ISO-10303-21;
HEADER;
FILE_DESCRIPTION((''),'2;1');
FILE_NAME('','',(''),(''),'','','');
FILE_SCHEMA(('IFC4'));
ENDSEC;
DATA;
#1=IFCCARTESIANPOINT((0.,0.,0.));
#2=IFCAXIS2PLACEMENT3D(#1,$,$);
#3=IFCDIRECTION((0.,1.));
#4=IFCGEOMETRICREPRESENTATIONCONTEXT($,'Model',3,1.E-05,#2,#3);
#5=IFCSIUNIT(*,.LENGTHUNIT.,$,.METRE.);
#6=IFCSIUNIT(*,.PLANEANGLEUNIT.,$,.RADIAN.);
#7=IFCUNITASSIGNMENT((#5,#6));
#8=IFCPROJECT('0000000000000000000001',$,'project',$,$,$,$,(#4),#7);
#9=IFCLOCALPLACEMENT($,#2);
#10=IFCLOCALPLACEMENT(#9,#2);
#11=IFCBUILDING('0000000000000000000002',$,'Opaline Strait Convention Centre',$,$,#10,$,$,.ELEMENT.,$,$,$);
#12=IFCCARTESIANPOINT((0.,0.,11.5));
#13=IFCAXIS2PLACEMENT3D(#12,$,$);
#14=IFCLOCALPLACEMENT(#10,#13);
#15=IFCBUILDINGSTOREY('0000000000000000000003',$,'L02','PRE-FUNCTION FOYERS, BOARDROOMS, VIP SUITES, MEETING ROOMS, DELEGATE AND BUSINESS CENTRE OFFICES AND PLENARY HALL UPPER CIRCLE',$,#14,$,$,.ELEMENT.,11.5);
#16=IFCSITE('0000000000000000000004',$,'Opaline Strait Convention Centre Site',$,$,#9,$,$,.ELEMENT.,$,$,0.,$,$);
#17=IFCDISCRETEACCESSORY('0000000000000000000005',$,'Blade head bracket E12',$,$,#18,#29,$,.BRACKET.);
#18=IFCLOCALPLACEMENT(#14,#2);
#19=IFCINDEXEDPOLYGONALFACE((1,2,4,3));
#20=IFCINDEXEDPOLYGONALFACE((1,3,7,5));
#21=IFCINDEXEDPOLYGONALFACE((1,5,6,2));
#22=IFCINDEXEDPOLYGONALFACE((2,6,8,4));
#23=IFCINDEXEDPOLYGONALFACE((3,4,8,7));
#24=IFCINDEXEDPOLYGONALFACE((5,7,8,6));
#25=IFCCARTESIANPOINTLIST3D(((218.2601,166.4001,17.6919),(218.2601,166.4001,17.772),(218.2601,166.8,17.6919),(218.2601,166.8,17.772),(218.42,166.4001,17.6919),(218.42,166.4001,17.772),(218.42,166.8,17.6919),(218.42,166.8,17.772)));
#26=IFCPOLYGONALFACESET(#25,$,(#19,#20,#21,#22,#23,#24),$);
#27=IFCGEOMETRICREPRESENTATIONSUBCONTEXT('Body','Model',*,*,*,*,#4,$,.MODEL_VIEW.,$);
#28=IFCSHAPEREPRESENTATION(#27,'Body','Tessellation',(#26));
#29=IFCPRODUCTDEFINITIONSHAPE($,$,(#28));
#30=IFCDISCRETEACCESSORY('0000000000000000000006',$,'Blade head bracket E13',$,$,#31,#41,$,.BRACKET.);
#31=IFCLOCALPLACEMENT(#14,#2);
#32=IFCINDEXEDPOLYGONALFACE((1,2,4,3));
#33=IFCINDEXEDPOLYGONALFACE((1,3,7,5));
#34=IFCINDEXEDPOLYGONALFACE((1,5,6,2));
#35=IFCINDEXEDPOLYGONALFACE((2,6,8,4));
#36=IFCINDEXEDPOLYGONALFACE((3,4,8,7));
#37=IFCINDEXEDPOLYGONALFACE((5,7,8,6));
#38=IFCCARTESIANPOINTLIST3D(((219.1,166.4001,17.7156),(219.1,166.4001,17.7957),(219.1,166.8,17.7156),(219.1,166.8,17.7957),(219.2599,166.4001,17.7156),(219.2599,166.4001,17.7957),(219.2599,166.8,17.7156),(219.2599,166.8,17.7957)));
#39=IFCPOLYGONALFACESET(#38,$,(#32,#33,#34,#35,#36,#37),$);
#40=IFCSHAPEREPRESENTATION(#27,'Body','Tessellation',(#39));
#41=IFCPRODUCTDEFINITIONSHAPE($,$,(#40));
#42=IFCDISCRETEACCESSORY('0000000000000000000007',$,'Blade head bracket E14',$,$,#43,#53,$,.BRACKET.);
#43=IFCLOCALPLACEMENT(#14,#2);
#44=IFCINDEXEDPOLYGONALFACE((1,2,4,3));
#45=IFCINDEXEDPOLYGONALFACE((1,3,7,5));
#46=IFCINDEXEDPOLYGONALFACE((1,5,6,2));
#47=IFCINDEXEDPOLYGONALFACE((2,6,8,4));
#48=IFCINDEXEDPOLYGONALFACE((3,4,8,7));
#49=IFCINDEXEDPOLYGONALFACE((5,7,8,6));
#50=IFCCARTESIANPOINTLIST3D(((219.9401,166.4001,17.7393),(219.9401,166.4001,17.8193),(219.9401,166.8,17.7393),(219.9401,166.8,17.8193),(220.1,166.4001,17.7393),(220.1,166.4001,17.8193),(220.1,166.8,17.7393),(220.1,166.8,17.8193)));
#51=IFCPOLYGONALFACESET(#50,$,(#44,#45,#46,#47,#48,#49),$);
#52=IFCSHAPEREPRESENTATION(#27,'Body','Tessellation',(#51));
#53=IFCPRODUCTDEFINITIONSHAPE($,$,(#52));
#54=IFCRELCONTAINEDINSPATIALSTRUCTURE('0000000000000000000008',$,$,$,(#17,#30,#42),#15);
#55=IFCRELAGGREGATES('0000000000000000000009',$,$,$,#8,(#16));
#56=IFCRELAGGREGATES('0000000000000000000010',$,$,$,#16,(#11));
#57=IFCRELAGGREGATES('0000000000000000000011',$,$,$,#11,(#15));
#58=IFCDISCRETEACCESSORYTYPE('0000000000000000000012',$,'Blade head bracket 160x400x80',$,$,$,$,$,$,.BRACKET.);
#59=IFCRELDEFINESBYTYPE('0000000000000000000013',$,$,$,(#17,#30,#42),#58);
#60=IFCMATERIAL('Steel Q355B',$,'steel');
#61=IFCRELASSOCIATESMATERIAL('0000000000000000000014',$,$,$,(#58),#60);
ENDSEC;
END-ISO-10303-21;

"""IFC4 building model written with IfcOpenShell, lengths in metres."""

from ifc_helpers import new_model, si_unit, direction, frame, origin, origin_2d, place, context, subcontext, project, spatial, rectangle, extrude, material, type_object, element, save


model = new_model("IFC4")

# Units and contexts
model_context = context("Model", 3, precision=1e-05, world=origin(), true_north=direction((0.0, 1.0)))
body_context = subcontext(model_context, "Body", "Model", "MODEL_VIEW")
ifc_project = project(units=[si_unit("LENGTHUNIT", "METRE"), si_unit("PLANEANGLEUNIT", "RADIAN")], contexts=[model_context])

# Site, building, storey
site_placement = place(None, origin())
site = spatial("IfcSite", under=ifc_project, at=site_placement, Name="Opaline Strait Convention Centre Site", CompositionType="ELEMENT", RefElevation=0.0)
building_placement = place(site_placement, origin())
building = spatial("IfcBuilding", under=site, at=building_placement, Name="Opaline Strait Convention Centre", CompositionType="ELEMENT")
storey_placement = place(building_placement, frame((0.0, 0.0, 11.5)))
storey = spatial("IfcBuildingStorey", under=building, at=storey_placement, Name="L02", Description="PRE-FUNCTION FOYERS, BOARDROOMS, VIP SUITES, MEETING ROOMS, DELEGATE AND BUSINESS CENTRE OFFICES AND PLENARY HALL UPPER CIRCLE", CompositionType="ELEMENT", Elevation=11.5)

# Shared definitions
ifc_material_1 = material(Name="Steel Q355B", Category="steel")

# Discrete accessories
discrete_accessory_type = type_object("IfcDiscreteAccessoryType", Name="Blade head bracket 160x400x80", PredefinedType="BRACKET", material=ifc_material_1)
for number, where, z_axis, x_axis, name in (
    (1, (218.3401, 166.6001, 17.6919), (0.0, 0.0, 1.0), (1.0, 0.0, 0.0), "Blade head bracket E12"),
    (2, (219.1799, 166.6001, 17.7156), (0.0, 0.0, 1.0), (1.0, 0.0, 0.0), "Blade head bracket E13"),
    (3, (220.02, 166.6001, 17.7393), (0.0, 0.0, 1.0), (1.0, 0.0, 0.0), "Blade head bracket E14"),
):
    element("IfcDiscreteAccessory", number, at=place(storey_placement, frame(where, z_axis=z_axis, x_axis=x_axis)), inside=storey, type_object=discrete_accessory_type, Name=name, PredefinedType="BRACKET", context=body_context, shape_type="SweptSolid", body=[
        extrude(rectangle(XDim=0.1599, YDim=0.3999, at=origin_2d()), origin(), (0.0, 0.0, 1.0), 0.0801),
    ])

save(model, "model.ifc")
